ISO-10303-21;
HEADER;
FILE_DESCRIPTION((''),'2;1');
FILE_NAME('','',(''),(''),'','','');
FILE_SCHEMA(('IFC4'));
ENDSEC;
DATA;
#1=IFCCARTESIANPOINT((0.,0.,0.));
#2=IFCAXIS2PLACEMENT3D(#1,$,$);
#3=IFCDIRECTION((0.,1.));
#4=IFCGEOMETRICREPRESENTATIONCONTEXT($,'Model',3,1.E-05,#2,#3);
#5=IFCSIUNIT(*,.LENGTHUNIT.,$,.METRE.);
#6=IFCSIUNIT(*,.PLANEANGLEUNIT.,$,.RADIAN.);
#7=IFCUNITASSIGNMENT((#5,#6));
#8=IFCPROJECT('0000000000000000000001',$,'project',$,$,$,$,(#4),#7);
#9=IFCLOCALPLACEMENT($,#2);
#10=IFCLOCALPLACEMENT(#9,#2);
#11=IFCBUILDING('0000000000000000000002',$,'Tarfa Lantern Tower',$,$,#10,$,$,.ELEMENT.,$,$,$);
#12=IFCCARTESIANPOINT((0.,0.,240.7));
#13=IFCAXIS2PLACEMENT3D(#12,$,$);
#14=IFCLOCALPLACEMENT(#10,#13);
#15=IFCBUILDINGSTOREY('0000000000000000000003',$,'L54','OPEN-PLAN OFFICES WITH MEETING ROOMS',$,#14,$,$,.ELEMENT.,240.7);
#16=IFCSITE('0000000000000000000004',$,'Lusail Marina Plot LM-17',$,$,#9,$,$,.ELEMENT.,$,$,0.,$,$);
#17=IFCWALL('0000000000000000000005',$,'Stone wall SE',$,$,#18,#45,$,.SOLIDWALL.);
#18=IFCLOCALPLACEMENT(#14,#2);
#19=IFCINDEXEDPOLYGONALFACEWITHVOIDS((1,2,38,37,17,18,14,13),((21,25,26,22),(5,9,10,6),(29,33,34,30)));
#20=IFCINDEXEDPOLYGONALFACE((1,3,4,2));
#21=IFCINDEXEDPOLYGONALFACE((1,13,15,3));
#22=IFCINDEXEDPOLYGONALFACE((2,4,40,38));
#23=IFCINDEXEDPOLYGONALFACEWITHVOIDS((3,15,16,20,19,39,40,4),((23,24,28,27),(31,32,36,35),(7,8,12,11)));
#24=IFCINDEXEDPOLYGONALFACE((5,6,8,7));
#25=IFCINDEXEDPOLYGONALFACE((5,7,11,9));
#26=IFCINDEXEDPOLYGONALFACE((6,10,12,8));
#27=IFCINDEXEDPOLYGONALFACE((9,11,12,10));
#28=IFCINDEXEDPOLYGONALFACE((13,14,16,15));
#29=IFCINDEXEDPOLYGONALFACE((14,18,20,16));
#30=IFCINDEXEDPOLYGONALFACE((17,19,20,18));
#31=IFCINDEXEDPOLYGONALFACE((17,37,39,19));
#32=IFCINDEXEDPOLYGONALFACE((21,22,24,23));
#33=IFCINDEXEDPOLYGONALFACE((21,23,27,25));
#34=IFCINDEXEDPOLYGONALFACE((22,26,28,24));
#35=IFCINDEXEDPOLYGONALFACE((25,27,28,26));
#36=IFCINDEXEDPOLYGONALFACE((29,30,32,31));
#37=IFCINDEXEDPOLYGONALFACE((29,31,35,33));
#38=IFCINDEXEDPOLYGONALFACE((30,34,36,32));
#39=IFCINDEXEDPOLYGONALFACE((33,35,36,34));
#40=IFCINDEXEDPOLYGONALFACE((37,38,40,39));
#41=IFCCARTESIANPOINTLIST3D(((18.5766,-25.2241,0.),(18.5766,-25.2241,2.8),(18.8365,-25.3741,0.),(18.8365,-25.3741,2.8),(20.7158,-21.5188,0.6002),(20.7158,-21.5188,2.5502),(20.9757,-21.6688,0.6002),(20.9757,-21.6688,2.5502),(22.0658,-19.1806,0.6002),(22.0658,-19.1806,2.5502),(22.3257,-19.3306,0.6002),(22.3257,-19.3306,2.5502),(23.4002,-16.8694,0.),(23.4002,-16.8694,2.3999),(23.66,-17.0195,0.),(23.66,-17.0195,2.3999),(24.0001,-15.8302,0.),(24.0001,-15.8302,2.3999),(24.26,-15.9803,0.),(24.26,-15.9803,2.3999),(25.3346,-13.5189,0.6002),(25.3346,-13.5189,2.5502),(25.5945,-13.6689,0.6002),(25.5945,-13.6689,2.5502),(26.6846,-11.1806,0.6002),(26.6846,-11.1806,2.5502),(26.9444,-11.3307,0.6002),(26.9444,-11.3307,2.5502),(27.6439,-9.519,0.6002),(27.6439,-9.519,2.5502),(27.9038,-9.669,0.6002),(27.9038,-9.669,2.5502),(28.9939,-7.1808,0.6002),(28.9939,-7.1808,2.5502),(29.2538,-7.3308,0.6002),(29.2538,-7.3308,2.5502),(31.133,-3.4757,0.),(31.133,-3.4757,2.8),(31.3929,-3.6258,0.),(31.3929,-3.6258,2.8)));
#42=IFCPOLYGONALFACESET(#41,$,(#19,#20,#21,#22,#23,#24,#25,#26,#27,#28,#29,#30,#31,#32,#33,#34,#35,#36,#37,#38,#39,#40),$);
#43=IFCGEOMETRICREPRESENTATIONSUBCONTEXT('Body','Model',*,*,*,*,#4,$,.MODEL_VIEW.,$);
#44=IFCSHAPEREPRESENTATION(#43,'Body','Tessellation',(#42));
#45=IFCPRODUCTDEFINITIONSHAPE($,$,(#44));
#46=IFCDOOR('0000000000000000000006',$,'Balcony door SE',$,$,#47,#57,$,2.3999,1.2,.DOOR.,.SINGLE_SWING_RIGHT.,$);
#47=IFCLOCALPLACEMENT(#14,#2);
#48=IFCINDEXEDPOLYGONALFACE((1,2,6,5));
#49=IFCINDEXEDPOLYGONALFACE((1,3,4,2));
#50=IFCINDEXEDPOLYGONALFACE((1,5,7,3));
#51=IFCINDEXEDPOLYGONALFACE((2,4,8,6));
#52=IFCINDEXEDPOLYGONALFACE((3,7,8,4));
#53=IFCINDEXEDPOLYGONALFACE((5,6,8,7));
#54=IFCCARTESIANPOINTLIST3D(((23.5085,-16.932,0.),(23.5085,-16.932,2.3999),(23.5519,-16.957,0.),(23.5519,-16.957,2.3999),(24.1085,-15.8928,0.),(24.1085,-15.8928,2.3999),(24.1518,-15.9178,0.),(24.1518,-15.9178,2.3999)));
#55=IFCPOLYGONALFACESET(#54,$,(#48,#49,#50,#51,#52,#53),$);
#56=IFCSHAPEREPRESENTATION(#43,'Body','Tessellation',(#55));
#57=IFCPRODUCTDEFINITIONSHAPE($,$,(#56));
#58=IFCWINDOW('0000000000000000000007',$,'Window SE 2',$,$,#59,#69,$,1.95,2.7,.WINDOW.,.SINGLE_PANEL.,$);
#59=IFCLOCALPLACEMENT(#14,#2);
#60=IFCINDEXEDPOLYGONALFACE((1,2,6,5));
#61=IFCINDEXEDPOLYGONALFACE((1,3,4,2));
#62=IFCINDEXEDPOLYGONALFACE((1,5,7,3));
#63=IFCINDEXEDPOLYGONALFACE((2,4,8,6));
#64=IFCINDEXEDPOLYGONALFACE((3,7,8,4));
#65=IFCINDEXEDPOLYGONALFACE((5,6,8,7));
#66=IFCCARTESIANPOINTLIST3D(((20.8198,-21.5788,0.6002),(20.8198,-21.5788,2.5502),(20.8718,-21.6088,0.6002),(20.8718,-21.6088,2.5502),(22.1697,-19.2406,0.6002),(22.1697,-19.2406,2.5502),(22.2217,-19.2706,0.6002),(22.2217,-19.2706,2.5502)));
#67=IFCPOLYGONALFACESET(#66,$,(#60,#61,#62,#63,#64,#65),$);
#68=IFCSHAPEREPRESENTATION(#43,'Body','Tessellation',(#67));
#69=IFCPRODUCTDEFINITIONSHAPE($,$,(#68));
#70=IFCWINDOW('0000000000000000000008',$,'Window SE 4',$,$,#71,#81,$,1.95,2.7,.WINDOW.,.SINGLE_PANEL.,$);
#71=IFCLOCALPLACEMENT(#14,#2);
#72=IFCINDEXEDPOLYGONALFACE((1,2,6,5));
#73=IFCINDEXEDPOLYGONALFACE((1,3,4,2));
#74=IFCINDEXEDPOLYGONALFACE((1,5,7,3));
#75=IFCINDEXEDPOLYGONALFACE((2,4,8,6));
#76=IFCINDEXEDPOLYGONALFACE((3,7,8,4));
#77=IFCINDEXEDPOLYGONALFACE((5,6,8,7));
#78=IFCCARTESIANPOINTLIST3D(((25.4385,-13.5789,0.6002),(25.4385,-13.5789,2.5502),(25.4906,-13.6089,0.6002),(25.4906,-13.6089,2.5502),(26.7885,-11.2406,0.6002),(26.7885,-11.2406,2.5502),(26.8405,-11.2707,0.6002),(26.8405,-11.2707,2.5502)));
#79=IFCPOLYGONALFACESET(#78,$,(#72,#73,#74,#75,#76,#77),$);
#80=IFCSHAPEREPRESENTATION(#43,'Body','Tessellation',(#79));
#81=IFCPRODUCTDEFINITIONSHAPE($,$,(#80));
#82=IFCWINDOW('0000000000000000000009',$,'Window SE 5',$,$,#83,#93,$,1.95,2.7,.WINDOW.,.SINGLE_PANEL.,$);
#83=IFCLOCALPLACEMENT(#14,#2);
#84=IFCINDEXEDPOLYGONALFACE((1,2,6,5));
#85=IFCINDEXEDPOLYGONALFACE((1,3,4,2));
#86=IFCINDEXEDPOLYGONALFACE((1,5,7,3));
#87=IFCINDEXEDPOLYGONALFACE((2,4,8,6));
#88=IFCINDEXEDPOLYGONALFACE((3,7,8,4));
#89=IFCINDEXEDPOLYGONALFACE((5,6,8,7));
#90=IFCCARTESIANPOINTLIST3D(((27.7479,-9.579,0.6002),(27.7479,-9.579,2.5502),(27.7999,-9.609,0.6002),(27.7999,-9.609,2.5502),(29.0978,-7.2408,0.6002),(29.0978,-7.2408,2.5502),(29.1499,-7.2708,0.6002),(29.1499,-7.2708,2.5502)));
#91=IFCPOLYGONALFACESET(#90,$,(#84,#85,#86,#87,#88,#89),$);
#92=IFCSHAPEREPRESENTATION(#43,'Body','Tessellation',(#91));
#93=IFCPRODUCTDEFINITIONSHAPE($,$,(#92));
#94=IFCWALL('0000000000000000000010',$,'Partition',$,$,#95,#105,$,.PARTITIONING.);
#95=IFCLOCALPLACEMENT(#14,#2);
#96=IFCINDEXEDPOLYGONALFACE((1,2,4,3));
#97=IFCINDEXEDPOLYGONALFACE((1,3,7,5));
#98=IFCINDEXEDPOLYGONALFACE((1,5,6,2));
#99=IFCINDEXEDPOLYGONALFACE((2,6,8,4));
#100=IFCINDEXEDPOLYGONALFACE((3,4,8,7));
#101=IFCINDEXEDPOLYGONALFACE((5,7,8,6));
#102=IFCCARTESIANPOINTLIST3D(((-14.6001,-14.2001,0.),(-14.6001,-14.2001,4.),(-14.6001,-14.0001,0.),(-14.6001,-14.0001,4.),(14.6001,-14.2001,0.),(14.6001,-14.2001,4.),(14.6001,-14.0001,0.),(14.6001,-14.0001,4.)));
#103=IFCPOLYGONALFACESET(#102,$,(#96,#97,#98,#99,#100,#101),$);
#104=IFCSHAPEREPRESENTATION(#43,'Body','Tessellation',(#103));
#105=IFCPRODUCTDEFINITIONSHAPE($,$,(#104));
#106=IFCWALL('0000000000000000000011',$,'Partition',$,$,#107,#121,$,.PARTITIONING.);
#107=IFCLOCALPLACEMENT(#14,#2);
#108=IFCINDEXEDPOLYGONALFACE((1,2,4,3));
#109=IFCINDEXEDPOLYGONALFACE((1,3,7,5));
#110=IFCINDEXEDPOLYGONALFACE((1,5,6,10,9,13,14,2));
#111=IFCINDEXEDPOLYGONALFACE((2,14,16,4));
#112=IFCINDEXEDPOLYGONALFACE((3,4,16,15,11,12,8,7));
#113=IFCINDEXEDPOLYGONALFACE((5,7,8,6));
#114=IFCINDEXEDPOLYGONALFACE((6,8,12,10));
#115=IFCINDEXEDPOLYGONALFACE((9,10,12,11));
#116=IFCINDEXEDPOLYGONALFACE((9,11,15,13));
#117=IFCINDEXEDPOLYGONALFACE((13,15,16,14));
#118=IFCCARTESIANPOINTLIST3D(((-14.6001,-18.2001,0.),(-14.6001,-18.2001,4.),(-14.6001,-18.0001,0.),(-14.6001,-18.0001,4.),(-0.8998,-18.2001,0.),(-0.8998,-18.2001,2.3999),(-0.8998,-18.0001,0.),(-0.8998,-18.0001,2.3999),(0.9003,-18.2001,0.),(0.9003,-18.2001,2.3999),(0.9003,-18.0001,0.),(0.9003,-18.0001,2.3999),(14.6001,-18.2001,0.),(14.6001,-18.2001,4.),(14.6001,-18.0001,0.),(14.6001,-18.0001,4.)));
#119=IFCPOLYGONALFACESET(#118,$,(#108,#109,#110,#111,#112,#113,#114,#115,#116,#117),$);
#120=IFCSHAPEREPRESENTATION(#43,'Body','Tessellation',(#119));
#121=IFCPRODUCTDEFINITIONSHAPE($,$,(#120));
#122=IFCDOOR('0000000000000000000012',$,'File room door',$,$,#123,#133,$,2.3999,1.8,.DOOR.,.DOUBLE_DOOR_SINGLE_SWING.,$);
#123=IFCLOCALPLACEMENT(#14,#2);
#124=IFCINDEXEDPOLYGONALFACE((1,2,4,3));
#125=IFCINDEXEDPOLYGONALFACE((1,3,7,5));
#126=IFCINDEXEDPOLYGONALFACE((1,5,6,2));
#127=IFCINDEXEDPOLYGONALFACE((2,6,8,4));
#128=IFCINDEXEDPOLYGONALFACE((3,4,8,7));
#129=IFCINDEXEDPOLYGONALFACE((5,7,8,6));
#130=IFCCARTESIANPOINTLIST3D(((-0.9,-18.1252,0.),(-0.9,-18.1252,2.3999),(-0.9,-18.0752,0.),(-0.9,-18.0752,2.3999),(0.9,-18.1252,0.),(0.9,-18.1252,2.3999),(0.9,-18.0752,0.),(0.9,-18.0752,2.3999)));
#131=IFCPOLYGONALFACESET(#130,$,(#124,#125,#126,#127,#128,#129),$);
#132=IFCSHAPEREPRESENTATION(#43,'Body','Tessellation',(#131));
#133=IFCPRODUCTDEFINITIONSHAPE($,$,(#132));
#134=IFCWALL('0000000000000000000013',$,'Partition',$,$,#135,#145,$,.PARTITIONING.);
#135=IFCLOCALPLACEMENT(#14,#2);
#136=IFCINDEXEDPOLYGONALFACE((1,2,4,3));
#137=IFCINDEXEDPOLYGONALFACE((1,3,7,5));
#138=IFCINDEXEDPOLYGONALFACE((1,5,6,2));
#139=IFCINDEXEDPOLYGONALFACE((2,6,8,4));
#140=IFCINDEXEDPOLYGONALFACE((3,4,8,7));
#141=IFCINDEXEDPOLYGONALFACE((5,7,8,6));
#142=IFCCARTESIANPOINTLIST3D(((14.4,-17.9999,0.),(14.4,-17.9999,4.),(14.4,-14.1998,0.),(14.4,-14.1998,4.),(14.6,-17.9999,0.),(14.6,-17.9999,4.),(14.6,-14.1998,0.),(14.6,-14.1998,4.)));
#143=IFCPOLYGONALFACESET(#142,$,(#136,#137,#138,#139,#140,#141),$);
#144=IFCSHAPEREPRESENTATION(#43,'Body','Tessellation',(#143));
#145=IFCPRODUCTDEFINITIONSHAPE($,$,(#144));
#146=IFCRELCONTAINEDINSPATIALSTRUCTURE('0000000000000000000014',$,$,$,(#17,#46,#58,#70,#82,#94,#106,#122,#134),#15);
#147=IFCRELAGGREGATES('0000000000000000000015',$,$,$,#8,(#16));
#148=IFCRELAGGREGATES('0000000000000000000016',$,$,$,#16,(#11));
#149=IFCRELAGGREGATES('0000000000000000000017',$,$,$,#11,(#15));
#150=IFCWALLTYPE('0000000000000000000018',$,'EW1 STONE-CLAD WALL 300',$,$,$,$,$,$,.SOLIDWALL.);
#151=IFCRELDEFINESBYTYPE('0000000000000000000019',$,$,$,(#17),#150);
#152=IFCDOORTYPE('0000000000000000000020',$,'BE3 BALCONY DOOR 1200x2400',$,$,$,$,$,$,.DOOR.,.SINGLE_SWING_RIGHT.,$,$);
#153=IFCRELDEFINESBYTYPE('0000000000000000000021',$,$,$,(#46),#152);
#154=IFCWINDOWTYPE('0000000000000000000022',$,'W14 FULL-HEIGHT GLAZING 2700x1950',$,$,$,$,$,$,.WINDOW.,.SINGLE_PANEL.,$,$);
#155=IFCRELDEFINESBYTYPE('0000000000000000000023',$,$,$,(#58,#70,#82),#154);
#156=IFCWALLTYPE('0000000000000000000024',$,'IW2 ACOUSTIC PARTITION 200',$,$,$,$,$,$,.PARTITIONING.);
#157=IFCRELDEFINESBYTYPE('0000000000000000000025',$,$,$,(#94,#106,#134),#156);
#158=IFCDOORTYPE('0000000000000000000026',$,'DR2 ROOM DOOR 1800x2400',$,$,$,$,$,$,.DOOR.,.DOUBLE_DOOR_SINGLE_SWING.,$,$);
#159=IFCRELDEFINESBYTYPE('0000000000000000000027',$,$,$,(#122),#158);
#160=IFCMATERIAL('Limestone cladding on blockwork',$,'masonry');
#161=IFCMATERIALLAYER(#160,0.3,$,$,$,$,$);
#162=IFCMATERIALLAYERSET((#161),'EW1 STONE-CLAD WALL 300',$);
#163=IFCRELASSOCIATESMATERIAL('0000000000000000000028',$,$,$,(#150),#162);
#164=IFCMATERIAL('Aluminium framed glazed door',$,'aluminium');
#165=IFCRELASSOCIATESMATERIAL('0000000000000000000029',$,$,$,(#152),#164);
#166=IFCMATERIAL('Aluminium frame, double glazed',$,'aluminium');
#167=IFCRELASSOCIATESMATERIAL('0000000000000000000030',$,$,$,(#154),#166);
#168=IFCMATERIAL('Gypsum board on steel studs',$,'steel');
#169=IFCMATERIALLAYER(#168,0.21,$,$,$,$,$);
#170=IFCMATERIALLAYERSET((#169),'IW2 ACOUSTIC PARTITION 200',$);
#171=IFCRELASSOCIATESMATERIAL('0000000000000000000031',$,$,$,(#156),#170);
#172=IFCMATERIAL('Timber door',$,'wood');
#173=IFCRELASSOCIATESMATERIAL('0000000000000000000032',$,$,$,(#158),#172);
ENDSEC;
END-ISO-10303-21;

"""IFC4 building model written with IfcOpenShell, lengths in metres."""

from ifc_helpers import new_model, si_unit, direction, frame, frame_2d, origin, place, context, subcontext, project, spatial, rectangle, extrude, material, layer, layer_set, type_object, element, fill, save


model = new_model("IFC4")

# Units and contexts
model_context = context("Model", 3, precision=1e-05, world=origin(), true_north=direction((0.0, 1.0)))
body_context = subcontext(model_context, "Body", "Model", "MODEL_VIEW")
ifc_project = project(units=[si_unit("LENGTHUNIT", "METRE"), si_unit("PLANEANGLEUNIT", "RADIAN")], contexts=[model_context])

# Site, building, storey
site_placement = place(None, origin())
site = spatial("IfcSite", under=ifc_project, at=site_placement, Name="Lusail Marina Plot LM-17", CompositionType="ELEMENT", RefElevation=0.0)
building_placement = place(site_placement, origin())
building = spatial("IfcBuilding", under=site, at=building_placement, Name="Tarfa Lantern Tower", CompositionType="ELEMENT")
storey_placement = place(building_placement, frame((0.0, 0.0, 240.7)))
storey = spatial("IfcBuildingStorey", under=building, at=storey_placement, Name="L54", Description="OPEN-PLAN OFFICES WITH MEETING ROOMS", CompositionType="ELEMENT", Elevation=240.7)

# Wall, openings, door, windows
ifc_material_1 = material(Name="Limestone cladding on blockwork", Category="masonry")
ifc_layer_1 = layer(ifc_material_1, 0.3)
ifc_layer_set_1 = layer_set([ifc_layer_1], Name="EW1 STONE-CLAD WALL 300")
wall_type_1 = type_object("IfcWallType", Name="EW1 STONE-CLAD WALL 300", PredefinedType="SOLIDWALL", material=ifc_layer_set_1)
wall_1_placement = place(storey_placement, frame((18.7065, -25.2991, 0.0), z_axis=(0.0, 0.0, 1.0), x_axis=(0.5, 0.866025, 0.0)))
wall_1 = element("IfcWall", 1, at=wall_1_placement, inside=storey, type_object=wall_type_1, Name="Stone wall SE", PredefinedType="SOLIDWALL", context=body_context, shape_type="SweptSolid", body=[
    extrude(rectangle(XDim=25.1128, YDim=0.3, at=frame_2d((12.5564, 0.0))), origin(), (0.0, 0.0, 1.0), 2.8),
])
opening_1_placement = place(wall_1_placement, frame((4.2783, 0.0, 0.6001)))
opening_1 = element("IfcOpeningElement", 2, at=opening_1_placement, cuts=wall_1, PredefinedType="OPENING", context=body_context, shape_type="SweptSolid", body=[
    extrude(rectangle(XDim=2.7, YDim=1.95, at=frame_2d((1.3501, 0.9751))), frame((0.0, 0.1599, 0.0), z_axis=(0.0, -1.0, 0.0), x_axis=(1.0, 0.0, 0.0)), (0.0, 0.0, 1.0), 0.3201),
])
opening_2_placement = place(wall_1_placement, frame((9.647, 0.0, 0.0)))
opening_2 = element("IfcOpeningElement", 3, at=opening_2_placement, cuts=wall_1, PredefinedType="OPENING", context=body_context, shape_type="SweptSolid", body=[
    extrude(rectangle(XDim=1.2, YDim=2.3999, at=frame_2d((0.6001, 1.2))), frame((0.0, 0.1599, 0.0), z_axis=(0.0, -1.0, 0.0), x_axis=(1.0, 0.0, 0.0)), (0.0, 0.0, 1.0), 0.3201),
])
opening_3_placement = place(wall_1_placement, frame((13.5159, 0.0, 0.6001)))
opening_3 = element("IfcOpeningElement", 4, at=opening_3_placement, cuts=wall_1, PredefinedType="OPENING", context=body_context, shape_type="SweptSolid", body=[
    extrude(rectangle(XDim=2.7, YDim=1.95, at=frame_2d((1.3501, 0.9751))), frame((0.0, 0.1599, 0.0), z_axis=(0.0, -1.0, 0.0), x_axis=(1.0, 0.0, 0.0)), (0.0, 0.0, 1.0), 0.3201),
])
opening_4_placement = place(wall_1_placement, frame((18.1345, 0.0, 0.6001)))
opening_4 = element("IfcOpeningElement", 5, at=opening_4_placement, cuts=wall_1, PredefinedType="OPENING", context=body_context, shape_type="SweptSolid", body=[
    extrude(rectangle(XDim=2.7, YDim=1.95, at=frame_2d((1.3501, 0.9751))), frame((0.0, 0.1599, 0.0), z_axis=(0.0, -1.0, 0.0), x_axis=(1.0, 0.0, 0.0)), (0.0, 0.0, 1.0), 0.3201),
])
ifc_material_2 = material(Name="Aluminium framed glazed door", Category="aluminium")
door_type_1 = type_object("IfcDoorType", Name="BE3 BALCONY DOOR 1200x2400", OperationType="SINGLE_SWING_RIGHT", PredefinedType="DOOR", material=ifc_material_2)
door_1_placement = place(opening_2_placement, origin())
door_1 = element("IfcDoor", 6, at=door_1_placement, inside=storey, type_object=door_type_1, Name="Balcony door SE", OperationType="SINGLE_SWING_RIGHT", OverallHeight=2.3999, OverallWidth=1.2, PredefinedType="DOOR", context=body_context, shape_type="SweptSolid", body=[
    extrude(rectangle(XDim=1.2, YDim=2.3999, at=frame_2d((0.6001, 1.2))), frame((0.0, 0.0249, 0.0), z_axis=(0.0, -1.0, 0.0), x_axis=(1.0, 0.0, 0.0)), (0.0, 0.0, 1.0), 0.05),
])
fill(opening_2, door_1)
ifc_material_3 = material(Name="Aluminium frame, double glazed", Category="aluminium")
window_type = type_object("IfcWindowType", Name="W14 FULL-HEIGHT GLAZING 2700x1950", PartitioningType="SINGLE_PANEL", PredefinedType="WINDOW", material=ifc_material_3)
window_1_placement = place(opening_1_placement, origin())
window_1 = element("IfcWindow", 7, at=window_1_placement, inside=storey, type_object=window_type, Name="Window SE 2", OverallHeight=1.95, OverallWidth=2.7, PartitioningType="SINGLE_PANEL", PredefinedType="WINDOW", context=body_context, shape_type="SweptSolid", body=[
    extrude(rectangle(XDim=2.7, YDim=1.95, at=frame_2d((1.3501, 0.9751))), frame((0.0, 0.03, 0.0), z_axis=(0.0, -1.0, 0.0), x_axis=(1.0, 0.0, 0.0)), (0.0, 0.0, 1.0), 0.0601),
])
fill(opening_1, window_1)
window_2_placement = place(opening_3_placement, origin())
window_2 = element("IfcWindow", 8, at=window_2_placement, inside=storey, type_object=window_type, Name="Window SE 4", OverallHeight=1.95, OverallWidth=2.7, PartitioningType="SINGLE_PANEL", PredefinedType="WINDOW", context=body_context, shape_type="SweptSolid", body=[
    extrude(rectangle(XDim=2.7, YDim=1.95, at=frame_2d((1.3501, 0.9751))), frame((0.0, 0.03, 0.0), z_axis=(0.0, -1.0, 0.0), x_axis=(1.0, 0.0, 0.0)), (0.0, 0.0, 1.0), 0.0601),
])
fill(opening_3, window_2)
window_3_placement = place(opening_4_placement, origin())
window_3 = element("IfcWindow", 9, at=window_3_placement, inside=storey, type_object=window_type, Name="Window SE 5", OverallHeight=1.95, OverallWidth=2.7, PartitioningType="SINGLE_PANEL", PredefinedType="WINDOW", context=body_context, shape_type="SweptSolid", body=[
    extrude(rectangle(XDim=2.7, YDim=1.95, at=frame_2d((1.3501, 0.9751))), frame((0.0, 0.03, 0.0), z_axis=(0.0, -1.0, 0.0), x_axis=(1.0, 0.0, 0.0)), (0.0, 0.0, 1.0), 0.0601),
])
fill(opening_4, window_3)

# Wall
ifc_material_4 = material(Name="Gypsum board on steel studs", Category="steel")
ifc_layer_2 = layer(ifc_material_4, 0.21)
ifc_layer_set_2 = layer_set([ifc_layer_2], Name="IW2 ACOUSTIC PARTITION 200")
wall_type_2 = type_object("IfcWallType", Name="IW2 ACOUSTIC PARTITION 200", PredefinedType="PARTITIONING", material=ifc_layer_set_2)
wall_2_placement = place(storey_placement, frame((14.6001, -14.1001, 0.0), z_axis=(0.0, 0.0, 1.0), x_axis=(-1.0, 0.0, 0.0)))
element("IfcWall", 10, at=wall_2_placement, inside=storey, type_object=wall_type_2, Name="Partition", PredefinedType="PARTITIONING", context=body_context, shape_type="SweptSolid", body=[
    extrude(rectangle(XDim=29.2002, YDim=0.2, at=frame_2d((14.6001, 0.0))), origin(), (0.0, 0.0, 1.0), 4.0),
])

# Wall, opening, door
wall_3_placement = place(storey_placement, frame((14.6001, -18.1001, 0.0), z_axis=(0.0, 0.0, 1.0), x_axis=(-1.0, 0.0, 0.0)))
wall_3 = element("IfcWall", 11, at=wall_3_placement, inside=storey, type_object=wall_type_2, Name="Partition", PredefinedType="PARTITIONING", context=body_context, shape_type="SweptSolid", body=[
    extrude(rectangle(XDim=29.2002, YDim=0.2, at=frame_2d((14.6001, 0.0))), origin(), (0.0, 0.0, 1.0), 4.0),
])
opening_5_placement = place(wall_3_placement, frame((13.7, 0.0, 0.0)))
opening_5 = element("IfcOpeningElement", 12, at=opening_5_placement, cuts=wall_3, PredefinedType="OPENING", context=body_context, shape_type="SweptSolid", body=[
    extrude(rectangle(XDim=1.8, YDim=2.3999, at=frame_2d((0.8999, 1.2))), frame((0.0, 0.1099, 0.0), z_axis=(0.0, -1.0, 0.0), x_axis=(1.0, 0.0, 0.0)), (0.0, 0.0, 1.0), 0.22),
])
ifc_material_5 = material(Name="Timber door", Category="wood")
door_type_2 = type_object("IfcDoorType", Name="DR2 ROOM DOOR 1800x2400", OperationType="DOUBLE_DOOR_SINGLE_SWING", PredefinedType="DOOR", material=ifc_material_5)
door_2_placement = place(opening_5_placement, frame((1.8, 0.0, 0.0), z_axis=(0.0, 0.0, 1.0), x_axis=(-1.0, 0.0, 0.0)))
door_2 = element("IfcDoor", 13, at=door_2_placement, inside=storey, type_object=door_type_2, Name="File room door", OperationType="DOUBLE_DOOR_SINGLE_SWING", OverallHeight=2.3999, OverallWidth=1.8, PredefinedType="DOOR", context=body_context, shape_type="SweptSolid", body=[
    extrude(rectangle(XDim=1.8, YDim=2.3999, at=frame_2d((0.8999, 1.2))), frame((0.0, 0.0249, 0.0), z_axis=(0.0, -1.0, 0.0), x_axis=(1.0, 0.0, 0.0)), (0.0, 0.0, 1.0), 0.05),
])
fill(opening_5, door_2)

# Wall
wall_4_placement = place(storey_placement, frame((14.5, -14.2, 0.0), z_axis=(0.0, 0.0, 1.0), x_axis=(0.0, -1.0, 0.0)))
element("IfcWall", 14, at=wall_4_placement, inside=storey, type_object=wall_type_2, Name="Partition", PredefinedType="PARTITIONING", context=body_context, shape_type="SweptSolid", body=[
    extrude(rectangle(XDim=3.8, YDim=0.2, at=frame_2d((1.8999, 0.0))), origin(), (0.0, 0.0, 1.0), 4.0),
])

save(model, "model.ifc")
